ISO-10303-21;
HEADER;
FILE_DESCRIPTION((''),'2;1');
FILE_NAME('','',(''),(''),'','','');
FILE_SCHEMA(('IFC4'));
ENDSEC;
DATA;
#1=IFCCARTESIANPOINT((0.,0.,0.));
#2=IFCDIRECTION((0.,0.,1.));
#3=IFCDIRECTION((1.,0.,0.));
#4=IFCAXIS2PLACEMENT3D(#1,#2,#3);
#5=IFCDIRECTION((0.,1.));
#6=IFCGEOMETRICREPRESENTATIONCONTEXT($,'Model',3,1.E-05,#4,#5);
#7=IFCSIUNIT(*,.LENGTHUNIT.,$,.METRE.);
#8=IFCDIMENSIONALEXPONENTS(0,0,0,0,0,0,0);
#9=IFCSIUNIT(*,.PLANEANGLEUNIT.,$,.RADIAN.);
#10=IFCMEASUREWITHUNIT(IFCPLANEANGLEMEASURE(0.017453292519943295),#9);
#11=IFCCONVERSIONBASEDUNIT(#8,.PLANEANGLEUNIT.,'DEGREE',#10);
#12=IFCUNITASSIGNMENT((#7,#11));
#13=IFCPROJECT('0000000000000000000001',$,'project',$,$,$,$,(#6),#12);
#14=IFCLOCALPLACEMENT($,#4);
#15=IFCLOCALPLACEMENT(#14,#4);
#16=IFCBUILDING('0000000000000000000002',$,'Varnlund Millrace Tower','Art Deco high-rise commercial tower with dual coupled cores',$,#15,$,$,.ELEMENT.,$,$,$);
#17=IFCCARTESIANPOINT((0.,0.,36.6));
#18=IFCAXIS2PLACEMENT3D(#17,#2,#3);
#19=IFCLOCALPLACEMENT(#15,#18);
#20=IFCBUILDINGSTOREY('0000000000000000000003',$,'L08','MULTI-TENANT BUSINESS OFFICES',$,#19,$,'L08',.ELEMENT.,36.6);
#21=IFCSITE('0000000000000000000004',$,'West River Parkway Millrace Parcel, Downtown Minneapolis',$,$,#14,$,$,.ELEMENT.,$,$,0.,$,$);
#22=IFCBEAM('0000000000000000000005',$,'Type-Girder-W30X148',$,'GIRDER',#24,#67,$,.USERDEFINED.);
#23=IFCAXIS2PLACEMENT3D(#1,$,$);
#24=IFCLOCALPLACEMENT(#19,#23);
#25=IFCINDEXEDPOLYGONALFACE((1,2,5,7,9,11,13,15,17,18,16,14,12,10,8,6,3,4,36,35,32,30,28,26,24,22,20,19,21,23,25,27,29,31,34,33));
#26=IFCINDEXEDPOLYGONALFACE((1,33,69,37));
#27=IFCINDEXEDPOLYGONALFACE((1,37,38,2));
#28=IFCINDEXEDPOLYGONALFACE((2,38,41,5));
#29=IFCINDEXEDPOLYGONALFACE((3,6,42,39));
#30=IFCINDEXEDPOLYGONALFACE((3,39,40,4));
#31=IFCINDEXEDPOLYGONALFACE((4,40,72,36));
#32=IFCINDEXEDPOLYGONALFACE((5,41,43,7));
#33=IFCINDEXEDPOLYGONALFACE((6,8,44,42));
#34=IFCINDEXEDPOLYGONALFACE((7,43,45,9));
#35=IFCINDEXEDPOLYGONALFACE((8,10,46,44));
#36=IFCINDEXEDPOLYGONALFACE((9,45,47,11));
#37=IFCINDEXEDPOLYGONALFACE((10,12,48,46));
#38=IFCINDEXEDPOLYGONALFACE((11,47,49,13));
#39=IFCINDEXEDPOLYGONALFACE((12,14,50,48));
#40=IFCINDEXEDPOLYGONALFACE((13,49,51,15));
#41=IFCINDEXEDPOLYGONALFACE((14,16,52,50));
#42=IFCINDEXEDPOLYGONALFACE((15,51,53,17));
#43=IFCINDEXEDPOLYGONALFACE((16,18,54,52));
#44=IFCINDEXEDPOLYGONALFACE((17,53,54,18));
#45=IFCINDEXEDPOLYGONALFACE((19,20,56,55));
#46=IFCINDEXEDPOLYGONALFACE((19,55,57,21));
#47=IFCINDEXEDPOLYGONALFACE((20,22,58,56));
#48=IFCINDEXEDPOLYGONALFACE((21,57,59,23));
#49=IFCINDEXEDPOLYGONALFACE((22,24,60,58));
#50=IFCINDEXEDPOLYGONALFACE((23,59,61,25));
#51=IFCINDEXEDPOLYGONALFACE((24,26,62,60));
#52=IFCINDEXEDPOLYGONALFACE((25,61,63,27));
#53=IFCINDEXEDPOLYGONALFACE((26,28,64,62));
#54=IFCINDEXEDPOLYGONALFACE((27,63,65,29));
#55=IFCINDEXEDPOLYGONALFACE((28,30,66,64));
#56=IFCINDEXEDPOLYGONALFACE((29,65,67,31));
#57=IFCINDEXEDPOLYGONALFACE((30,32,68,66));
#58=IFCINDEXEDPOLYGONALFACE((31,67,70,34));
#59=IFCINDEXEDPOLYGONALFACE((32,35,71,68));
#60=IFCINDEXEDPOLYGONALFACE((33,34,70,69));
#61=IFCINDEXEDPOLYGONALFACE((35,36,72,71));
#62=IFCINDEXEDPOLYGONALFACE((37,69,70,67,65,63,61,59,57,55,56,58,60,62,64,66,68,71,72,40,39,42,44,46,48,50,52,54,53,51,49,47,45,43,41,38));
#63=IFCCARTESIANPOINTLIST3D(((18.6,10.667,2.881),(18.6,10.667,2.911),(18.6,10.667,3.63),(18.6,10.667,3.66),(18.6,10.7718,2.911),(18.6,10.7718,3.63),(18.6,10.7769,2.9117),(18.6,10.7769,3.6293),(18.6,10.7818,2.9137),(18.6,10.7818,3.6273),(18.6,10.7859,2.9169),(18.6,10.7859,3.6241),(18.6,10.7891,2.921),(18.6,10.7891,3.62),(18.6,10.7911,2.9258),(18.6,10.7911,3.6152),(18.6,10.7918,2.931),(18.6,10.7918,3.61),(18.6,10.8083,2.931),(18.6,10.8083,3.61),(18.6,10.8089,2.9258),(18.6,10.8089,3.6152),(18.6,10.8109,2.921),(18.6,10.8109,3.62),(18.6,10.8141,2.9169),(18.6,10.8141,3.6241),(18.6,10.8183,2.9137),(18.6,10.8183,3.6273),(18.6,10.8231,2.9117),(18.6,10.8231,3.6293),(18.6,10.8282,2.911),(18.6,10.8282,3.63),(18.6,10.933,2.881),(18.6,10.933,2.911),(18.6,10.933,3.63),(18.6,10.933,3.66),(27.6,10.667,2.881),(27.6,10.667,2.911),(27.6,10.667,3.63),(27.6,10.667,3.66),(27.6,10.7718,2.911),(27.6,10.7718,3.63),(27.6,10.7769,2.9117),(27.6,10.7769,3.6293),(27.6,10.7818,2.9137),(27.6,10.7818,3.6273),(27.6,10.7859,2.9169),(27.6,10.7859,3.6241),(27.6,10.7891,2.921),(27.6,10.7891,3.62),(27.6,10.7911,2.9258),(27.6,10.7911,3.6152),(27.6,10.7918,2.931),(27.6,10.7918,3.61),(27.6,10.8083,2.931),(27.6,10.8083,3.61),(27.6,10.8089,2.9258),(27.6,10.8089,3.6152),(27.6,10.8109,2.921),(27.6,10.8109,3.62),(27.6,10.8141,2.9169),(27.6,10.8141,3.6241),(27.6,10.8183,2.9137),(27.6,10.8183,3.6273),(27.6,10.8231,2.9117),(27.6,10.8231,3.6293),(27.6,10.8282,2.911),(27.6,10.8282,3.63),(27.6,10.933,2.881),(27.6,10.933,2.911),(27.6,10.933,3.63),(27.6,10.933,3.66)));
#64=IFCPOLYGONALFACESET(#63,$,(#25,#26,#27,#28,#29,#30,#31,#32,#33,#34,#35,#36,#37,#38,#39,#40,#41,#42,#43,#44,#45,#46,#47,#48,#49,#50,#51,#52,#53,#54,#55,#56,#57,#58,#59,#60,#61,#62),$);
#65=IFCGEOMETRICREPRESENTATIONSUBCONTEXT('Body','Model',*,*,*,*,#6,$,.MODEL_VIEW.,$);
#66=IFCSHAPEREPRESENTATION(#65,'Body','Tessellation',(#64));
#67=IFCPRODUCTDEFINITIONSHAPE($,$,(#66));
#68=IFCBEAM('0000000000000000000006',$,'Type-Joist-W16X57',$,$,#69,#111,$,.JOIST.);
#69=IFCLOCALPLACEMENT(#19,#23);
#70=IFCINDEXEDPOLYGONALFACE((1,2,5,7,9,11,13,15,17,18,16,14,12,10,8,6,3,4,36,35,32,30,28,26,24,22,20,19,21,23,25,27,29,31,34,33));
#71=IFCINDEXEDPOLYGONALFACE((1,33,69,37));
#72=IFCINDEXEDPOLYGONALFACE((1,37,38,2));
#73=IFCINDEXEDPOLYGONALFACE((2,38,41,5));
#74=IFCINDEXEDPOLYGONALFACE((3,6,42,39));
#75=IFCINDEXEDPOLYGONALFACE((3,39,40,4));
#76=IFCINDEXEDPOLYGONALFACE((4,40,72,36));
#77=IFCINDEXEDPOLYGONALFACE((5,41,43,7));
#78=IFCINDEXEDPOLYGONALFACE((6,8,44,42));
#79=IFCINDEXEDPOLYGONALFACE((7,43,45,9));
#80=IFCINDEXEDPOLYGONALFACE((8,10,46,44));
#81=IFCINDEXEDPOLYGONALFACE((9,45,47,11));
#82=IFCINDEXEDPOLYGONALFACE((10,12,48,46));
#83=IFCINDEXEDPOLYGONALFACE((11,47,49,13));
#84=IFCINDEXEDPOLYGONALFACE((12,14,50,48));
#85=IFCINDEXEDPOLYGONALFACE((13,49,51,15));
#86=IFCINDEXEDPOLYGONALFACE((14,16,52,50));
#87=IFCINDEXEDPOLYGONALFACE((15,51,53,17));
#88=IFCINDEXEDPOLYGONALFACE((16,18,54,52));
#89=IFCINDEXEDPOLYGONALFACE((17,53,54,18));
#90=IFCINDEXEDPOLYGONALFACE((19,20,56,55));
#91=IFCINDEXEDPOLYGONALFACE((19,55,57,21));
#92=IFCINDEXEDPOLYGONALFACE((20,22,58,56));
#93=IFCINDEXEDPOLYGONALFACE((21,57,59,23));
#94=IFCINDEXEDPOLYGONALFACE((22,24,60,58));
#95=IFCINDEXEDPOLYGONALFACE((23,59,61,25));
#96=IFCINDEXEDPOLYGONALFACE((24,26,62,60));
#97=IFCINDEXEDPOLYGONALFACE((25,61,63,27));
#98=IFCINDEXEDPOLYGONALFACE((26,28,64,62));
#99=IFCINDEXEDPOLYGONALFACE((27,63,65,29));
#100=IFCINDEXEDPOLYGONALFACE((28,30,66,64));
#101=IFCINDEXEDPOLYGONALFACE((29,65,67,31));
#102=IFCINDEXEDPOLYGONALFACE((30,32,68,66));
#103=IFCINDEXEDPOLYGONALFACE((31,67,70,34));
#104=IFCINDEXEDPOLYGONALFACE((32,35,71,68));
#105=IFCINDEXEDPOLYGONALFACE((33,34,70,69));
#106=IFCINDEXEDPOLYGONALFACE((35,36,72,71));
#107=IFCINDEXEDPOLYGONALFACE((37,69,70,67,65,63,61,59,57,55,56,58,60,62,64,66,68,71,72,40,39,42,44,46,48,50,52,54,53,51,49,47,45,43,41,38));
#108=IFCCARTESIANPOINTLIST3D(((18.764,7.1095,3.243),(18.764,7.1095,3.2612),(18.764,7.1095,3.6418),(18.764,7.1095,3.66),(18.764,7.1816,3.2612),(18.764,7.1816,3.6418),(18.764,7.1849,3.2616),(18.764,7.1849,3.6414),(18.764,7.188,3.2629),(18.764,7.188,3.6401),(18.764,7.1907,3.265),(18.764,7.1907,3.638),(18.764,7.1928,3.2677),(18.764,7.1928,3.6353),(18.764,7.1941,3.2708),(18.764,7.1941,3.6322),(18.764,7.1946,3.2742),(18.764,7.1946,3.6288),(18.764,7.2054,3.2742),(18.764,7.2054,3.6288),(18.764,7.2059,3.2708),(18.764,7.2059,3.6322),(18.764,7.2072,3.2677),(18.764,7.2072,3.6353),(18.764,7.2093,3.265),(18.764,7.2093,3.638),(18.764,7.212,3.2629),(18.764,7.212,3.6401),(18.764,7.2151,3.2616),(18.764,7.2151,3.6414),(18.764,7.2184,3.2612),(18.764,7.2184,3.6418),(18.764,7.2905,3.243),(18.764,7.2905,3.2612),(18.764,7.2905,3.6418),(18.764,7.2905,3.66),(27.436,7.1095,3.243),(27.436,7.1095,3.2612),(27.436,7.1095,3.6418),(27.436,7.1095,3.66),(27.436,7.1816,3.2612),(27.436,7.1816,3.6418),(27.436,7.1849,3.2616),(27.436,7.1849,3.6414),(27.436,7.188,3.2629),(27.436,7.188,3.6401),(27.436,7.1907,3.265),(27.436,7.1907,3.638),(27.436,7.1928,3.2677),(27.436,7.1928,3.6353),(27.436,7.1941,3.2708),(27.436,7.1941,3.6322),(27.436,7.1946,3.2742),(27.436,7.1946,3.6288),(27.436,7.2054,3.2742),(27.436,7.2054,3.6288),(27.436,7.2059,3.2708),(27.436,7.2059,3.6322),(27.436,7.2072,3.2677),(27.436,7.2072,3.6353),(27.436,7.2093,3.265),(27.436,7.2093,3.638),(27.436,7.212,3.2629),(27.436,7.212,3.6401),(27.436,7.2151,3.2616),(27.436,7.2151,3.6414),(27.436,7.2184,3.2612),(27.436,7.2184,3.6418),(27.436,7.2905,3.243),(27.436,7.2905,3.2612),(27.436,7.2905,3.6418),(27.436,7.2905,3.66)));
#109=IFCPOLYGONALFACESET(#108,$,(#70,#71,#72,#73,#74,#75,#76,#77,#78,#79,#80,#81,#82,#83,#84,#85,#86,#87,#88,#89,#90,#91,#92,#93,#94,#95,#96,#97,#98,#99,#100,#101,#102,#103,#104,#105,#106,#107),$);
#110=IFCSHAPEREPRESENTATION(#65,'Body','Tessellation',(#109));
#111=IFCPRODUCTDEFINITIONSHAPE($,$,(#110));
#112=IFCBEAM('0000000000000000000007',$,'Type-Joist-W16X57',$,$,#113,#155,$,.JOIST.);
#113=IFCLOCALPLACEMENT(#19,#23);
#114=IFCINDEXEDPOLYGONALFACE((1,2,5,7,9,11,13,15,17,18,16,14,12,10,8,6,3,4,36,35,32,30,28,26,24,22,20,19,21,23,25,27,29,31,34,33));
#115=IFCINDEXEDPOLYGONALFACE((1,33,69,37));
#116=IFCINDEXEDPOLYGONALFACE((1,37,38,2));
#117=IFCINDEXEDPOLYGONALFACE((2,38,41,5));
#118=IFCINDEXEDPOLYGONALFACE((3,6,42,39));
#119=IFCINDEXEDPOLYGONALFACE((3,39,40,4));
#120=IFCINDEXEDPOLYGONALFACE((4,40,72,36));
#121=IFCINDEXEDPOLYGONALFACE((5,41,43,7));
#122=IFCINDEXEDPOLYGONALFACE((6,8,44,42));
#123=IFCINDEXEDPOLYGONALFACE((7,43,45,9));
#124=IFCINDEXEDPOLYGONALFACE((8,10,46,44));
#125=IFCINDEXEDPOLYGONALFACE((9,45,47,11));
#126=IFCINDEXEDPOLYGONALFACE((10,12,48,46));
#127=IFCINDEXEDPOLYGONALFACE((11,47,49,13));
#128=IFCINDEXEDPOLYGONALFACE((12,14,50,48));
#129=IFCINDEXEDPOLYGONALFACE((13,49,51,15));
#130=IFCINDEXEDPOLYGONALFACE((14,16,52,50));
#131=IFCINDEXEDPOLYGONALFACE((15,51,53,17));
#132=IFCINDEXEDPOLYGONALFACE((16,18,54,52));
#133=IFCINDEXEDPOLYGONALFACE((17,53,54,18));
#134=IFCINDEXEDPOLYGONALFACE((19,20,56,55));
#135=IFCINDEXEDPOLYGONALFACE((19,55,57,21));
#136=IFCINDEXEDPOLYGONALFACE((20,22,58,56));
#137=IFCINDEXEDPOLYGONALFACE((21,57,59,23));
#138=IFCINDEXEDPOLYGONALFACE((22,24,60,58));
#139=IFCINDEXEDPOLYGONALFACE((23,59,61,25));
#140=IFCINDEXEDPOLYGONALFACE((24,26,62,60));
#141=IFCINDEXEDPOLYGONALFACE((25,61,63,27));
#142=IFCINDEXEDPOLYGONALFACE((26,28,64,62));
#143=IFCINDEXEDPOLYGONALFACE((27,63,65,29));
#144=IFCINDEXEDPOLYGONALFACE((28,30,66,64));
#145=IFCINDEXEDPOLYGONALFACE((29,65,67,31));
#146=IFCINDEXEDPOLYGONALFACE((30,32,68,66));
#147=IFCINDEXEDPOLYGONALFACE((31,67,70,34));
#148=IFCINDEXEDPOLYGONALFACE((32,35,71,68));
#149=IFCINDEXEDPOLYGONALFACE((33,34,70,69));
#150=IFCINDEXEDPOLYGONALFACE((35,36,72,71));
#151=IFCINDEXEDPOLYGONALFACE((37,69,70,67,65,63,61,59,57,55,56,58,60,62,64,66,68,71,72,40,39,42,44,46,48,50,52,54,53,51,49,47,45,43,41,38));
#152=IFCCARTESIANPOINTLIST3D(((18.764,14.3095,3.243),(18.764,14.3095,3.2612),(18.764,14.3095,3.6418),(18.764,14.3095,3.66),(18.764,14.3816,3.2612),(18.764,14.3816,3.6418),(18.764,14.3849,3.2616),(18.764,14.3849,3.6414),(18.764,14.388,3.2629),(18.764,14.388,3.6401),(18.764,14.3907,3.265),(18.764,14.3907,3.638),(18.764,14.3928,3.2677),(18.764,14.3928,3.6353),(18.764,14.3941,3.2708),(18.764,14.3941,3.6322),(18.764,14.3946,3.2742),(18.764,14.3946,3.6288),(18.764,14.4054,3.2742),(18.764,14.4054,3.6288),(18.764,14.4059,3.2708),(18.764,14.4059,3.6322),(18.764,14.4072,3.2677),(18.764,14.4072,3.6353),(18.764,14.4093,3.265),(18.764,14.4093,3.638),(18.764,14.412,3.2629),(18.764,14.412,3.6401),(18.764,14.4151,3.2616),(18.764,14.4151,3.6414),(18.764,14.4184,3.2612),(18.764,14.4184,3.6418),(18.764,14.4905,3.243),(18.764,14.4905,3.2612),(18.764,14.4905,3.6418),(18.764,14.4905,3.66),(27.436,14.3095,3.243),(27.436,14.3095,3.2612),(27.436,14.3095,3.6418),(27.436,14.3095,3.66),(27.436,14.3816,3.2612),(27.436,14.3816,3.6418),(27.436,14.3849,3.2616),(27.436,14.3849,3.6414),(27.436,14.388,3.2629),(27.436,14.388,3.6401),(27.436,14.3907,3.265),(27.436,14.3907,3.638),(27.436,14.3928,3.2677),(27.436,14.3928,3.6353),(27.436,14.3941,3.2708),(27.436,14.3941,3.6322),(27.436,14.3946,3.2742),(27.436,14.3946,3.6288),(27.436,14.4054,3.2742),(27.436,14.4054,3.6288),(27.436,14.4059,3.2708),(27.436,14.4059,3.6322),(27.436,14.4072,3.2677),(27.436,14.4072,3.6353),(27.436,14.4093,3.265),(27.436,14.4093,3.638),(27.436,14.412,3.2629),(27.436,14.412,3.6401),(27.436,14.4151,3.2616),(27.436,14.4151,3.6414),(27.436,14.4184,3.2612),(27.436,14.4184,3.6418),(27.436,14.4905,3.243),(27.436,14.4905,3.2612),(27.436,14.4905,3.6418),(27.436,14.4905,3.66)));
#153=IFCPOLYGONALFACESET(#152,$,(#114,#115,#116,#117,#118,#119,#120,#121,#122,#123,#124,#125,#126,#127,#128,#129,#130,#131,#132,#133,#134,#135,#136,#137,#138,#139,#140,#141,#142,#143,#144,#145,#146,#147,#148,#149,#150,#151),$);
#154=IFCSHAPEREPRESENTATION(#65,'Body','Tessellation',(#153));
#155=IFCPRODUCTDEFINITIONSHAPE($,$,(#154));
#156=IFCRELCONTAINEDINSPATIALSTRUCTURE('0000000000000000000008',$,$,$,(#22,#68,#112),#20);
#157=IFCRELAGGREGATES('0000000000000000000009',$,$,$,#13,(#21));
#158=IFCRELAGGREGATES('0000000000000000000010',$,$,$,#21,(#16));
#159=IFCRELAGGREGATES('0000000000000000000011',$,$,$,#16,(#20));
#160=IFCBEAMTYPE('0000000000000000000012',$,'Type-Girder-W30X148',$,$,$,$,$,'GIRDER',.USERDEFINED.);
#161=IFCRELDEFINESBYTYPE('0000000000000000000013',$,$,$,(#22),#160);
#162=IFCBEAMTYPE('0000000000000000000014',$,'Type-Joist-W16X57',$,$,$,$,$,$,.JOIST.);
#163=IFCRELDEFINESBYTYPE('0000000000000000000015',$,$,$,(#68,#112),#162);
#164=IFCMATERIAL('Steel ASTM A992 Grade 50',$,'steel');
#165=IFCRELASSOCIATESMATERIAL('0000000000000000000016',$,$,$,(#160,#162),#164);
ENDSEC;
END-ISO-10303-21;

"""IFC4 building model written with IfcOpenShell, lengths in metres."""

from ifc_helpers import new_model, entity, si_unit, converted_unit, direction, frame, origin_with_axes, origin_2d_with_axis, place, context, subcontext, project, spatial, i_section, extrude, material, material_profile, profile_set, type_object, element, save


model = new_model("IFC4")

# Units and contexts
model_context = context("Model", 3, precision=1e-05, world=origin_with_axes(), true_north=direction((0.0, 1.0)))
body_context = subcontext(model_context, "Body", "Model", "MODEL_VIEW")
ifc_project = project(units=[si_unit("LENGTHUNIT", "METRE"), converted_unit("PLANEANGLEUNIT", "DEGREE", entity("IfcPlaneAngleMeasure", 0.017453292519943295), si_unit("PLANEANGLEUNIT", "RADIAN"), dimensions=[0, 0, 0, 0, 0, 0, 0])], contexts=[model_context])

# Site, building, storey
site_placement = place(None, origin_with_axes())
site = spatial("IfcSite", under=ifc_project, at=site_placement, Name="West River Parkway Millrace Parcel, Downtown Minneapolis", CompositionType="ELEMENT", RefElevation=0.0)
building_placement = place(site_placement, origin_with_axes())
building = spatial("IfcBuilding", under=site, at=building_placement, Name="Varnlund Millrace Tower", Description="Art Deco high-rise commercial tower with dual coupled cores", CompositionType="ELEMENT")
storey_placement = place(building_placement, frame((0.0, 0.0, 36.6), z_axis=(0.0, 0.0, 1.0), x_axis=(1.0, 0.0, 0.0)))
storey = spatial("IfcBuildingStorey", under=building, at=storey_placement, Name="L08", Description="MULTI-TENANT BUSINESS OFFICES", LongName="L08", CompositionType="ELEMENT", Elevation=36.6)

# Beams
ifc_material_1 = material(Name="Steel ASTM A992 Grade 50", Category="steel")
ifc_material_profile_1 = material_profile(ifc_material_1, i_section(OverallWidth=0.266, OverallDepth=0.779, WebThickness=0.0165, FlangeThickness=0.03, FilletRadius=0.02, at=origin_2d_with_axis()), Name="Steel ASTM A992 Grade 50")
ifc_profile_set_1 = profile_set([ifc_material_profile_1], Name="Steel ASTM A992 Grade 50")
beam_type_1 = type_object("IfcBeamType", Name="Type-Girder-W30X148", ElementType="GIRDER", PredefinedType="USERDEFINED", material=ifc_profile_set_1)
beam_1_placement = place(storey_placement, frame((18.6, 10.8, 3.2705), z_axis=(1.0, 0.0, 0.0), x_axis=(0.0, 1.0, 0.0)))
element("IfcBeam", 1, at=beam_1_placement, inside=storey, type_object=beam_type_1, Name="Type-Girder-W30X148", ObjectType="GIRDER", PredefinedType="USERDEFINED", context=body_context, shape_type="SweptSolid", body=[
    extrude(i_section(OverallWidth=0.266, OverallDepth=0.779, WebThickness=0.0165, FlangeThickness=0.03, FilletRadius=0.02, at=origin_2d_with_axis()), origin_with_axes(), (0.0, 0.0, 1.0), 9.0),
])
ifc_material_profile_2 = material_profile(ifc_material_1, i_section(OverallWidth=0.181, OverallDepth=0.417, WebThickness=0.0109, FlangeThickness=0.0182, FilletRadius=0.013, at=origin_2d_with_axis()), Name="Steel ASTM A992 Grade 50")
ifc_profile_set_2 = profile_set([ifc_material_profile_2], Name="Steel ASTM A992 Grade 50")
beam_type_2 = type_object("IfcBeamType", Name="Type-Joist-W16X57", PredefinedType="JOIST", material=ifc_profile_set_2)
for number, where, z_axis, x_axis, name in (
    (2, (18.764, 7.2, 3.4515), (1.0, 0.0, 0.0), (0.0, 1.0, 0.0), "Type-Joist-W16X57"),
    (3, (18.764, 14.4, 3.4515), (1.0, 0.0, 0.0), (0.0, 1.0, 0.0), "Type-Joist-W16X57"),
):
    element("IfcBeam", number, at=place(storey_placement, frame(where, z_axis=z_axis, x_axis=x_axis)), inside=storey, type_object=beam_type_2, Name=name, PredefinedType="JOIST", context=body_context, shape_type="SweptSolid", body=[
        extrude(i_section(OverallWidth=0.181, OverallDepth=0.417, WebThickness=0.0109, FlangeThickness=0.0182, FilletRadius=0.013, at=origin_2d_with_axis()), origin_with_axes(), (0.0, 0.0, 1.0), 8.672),
    ])

save(model, "model.ifc")
